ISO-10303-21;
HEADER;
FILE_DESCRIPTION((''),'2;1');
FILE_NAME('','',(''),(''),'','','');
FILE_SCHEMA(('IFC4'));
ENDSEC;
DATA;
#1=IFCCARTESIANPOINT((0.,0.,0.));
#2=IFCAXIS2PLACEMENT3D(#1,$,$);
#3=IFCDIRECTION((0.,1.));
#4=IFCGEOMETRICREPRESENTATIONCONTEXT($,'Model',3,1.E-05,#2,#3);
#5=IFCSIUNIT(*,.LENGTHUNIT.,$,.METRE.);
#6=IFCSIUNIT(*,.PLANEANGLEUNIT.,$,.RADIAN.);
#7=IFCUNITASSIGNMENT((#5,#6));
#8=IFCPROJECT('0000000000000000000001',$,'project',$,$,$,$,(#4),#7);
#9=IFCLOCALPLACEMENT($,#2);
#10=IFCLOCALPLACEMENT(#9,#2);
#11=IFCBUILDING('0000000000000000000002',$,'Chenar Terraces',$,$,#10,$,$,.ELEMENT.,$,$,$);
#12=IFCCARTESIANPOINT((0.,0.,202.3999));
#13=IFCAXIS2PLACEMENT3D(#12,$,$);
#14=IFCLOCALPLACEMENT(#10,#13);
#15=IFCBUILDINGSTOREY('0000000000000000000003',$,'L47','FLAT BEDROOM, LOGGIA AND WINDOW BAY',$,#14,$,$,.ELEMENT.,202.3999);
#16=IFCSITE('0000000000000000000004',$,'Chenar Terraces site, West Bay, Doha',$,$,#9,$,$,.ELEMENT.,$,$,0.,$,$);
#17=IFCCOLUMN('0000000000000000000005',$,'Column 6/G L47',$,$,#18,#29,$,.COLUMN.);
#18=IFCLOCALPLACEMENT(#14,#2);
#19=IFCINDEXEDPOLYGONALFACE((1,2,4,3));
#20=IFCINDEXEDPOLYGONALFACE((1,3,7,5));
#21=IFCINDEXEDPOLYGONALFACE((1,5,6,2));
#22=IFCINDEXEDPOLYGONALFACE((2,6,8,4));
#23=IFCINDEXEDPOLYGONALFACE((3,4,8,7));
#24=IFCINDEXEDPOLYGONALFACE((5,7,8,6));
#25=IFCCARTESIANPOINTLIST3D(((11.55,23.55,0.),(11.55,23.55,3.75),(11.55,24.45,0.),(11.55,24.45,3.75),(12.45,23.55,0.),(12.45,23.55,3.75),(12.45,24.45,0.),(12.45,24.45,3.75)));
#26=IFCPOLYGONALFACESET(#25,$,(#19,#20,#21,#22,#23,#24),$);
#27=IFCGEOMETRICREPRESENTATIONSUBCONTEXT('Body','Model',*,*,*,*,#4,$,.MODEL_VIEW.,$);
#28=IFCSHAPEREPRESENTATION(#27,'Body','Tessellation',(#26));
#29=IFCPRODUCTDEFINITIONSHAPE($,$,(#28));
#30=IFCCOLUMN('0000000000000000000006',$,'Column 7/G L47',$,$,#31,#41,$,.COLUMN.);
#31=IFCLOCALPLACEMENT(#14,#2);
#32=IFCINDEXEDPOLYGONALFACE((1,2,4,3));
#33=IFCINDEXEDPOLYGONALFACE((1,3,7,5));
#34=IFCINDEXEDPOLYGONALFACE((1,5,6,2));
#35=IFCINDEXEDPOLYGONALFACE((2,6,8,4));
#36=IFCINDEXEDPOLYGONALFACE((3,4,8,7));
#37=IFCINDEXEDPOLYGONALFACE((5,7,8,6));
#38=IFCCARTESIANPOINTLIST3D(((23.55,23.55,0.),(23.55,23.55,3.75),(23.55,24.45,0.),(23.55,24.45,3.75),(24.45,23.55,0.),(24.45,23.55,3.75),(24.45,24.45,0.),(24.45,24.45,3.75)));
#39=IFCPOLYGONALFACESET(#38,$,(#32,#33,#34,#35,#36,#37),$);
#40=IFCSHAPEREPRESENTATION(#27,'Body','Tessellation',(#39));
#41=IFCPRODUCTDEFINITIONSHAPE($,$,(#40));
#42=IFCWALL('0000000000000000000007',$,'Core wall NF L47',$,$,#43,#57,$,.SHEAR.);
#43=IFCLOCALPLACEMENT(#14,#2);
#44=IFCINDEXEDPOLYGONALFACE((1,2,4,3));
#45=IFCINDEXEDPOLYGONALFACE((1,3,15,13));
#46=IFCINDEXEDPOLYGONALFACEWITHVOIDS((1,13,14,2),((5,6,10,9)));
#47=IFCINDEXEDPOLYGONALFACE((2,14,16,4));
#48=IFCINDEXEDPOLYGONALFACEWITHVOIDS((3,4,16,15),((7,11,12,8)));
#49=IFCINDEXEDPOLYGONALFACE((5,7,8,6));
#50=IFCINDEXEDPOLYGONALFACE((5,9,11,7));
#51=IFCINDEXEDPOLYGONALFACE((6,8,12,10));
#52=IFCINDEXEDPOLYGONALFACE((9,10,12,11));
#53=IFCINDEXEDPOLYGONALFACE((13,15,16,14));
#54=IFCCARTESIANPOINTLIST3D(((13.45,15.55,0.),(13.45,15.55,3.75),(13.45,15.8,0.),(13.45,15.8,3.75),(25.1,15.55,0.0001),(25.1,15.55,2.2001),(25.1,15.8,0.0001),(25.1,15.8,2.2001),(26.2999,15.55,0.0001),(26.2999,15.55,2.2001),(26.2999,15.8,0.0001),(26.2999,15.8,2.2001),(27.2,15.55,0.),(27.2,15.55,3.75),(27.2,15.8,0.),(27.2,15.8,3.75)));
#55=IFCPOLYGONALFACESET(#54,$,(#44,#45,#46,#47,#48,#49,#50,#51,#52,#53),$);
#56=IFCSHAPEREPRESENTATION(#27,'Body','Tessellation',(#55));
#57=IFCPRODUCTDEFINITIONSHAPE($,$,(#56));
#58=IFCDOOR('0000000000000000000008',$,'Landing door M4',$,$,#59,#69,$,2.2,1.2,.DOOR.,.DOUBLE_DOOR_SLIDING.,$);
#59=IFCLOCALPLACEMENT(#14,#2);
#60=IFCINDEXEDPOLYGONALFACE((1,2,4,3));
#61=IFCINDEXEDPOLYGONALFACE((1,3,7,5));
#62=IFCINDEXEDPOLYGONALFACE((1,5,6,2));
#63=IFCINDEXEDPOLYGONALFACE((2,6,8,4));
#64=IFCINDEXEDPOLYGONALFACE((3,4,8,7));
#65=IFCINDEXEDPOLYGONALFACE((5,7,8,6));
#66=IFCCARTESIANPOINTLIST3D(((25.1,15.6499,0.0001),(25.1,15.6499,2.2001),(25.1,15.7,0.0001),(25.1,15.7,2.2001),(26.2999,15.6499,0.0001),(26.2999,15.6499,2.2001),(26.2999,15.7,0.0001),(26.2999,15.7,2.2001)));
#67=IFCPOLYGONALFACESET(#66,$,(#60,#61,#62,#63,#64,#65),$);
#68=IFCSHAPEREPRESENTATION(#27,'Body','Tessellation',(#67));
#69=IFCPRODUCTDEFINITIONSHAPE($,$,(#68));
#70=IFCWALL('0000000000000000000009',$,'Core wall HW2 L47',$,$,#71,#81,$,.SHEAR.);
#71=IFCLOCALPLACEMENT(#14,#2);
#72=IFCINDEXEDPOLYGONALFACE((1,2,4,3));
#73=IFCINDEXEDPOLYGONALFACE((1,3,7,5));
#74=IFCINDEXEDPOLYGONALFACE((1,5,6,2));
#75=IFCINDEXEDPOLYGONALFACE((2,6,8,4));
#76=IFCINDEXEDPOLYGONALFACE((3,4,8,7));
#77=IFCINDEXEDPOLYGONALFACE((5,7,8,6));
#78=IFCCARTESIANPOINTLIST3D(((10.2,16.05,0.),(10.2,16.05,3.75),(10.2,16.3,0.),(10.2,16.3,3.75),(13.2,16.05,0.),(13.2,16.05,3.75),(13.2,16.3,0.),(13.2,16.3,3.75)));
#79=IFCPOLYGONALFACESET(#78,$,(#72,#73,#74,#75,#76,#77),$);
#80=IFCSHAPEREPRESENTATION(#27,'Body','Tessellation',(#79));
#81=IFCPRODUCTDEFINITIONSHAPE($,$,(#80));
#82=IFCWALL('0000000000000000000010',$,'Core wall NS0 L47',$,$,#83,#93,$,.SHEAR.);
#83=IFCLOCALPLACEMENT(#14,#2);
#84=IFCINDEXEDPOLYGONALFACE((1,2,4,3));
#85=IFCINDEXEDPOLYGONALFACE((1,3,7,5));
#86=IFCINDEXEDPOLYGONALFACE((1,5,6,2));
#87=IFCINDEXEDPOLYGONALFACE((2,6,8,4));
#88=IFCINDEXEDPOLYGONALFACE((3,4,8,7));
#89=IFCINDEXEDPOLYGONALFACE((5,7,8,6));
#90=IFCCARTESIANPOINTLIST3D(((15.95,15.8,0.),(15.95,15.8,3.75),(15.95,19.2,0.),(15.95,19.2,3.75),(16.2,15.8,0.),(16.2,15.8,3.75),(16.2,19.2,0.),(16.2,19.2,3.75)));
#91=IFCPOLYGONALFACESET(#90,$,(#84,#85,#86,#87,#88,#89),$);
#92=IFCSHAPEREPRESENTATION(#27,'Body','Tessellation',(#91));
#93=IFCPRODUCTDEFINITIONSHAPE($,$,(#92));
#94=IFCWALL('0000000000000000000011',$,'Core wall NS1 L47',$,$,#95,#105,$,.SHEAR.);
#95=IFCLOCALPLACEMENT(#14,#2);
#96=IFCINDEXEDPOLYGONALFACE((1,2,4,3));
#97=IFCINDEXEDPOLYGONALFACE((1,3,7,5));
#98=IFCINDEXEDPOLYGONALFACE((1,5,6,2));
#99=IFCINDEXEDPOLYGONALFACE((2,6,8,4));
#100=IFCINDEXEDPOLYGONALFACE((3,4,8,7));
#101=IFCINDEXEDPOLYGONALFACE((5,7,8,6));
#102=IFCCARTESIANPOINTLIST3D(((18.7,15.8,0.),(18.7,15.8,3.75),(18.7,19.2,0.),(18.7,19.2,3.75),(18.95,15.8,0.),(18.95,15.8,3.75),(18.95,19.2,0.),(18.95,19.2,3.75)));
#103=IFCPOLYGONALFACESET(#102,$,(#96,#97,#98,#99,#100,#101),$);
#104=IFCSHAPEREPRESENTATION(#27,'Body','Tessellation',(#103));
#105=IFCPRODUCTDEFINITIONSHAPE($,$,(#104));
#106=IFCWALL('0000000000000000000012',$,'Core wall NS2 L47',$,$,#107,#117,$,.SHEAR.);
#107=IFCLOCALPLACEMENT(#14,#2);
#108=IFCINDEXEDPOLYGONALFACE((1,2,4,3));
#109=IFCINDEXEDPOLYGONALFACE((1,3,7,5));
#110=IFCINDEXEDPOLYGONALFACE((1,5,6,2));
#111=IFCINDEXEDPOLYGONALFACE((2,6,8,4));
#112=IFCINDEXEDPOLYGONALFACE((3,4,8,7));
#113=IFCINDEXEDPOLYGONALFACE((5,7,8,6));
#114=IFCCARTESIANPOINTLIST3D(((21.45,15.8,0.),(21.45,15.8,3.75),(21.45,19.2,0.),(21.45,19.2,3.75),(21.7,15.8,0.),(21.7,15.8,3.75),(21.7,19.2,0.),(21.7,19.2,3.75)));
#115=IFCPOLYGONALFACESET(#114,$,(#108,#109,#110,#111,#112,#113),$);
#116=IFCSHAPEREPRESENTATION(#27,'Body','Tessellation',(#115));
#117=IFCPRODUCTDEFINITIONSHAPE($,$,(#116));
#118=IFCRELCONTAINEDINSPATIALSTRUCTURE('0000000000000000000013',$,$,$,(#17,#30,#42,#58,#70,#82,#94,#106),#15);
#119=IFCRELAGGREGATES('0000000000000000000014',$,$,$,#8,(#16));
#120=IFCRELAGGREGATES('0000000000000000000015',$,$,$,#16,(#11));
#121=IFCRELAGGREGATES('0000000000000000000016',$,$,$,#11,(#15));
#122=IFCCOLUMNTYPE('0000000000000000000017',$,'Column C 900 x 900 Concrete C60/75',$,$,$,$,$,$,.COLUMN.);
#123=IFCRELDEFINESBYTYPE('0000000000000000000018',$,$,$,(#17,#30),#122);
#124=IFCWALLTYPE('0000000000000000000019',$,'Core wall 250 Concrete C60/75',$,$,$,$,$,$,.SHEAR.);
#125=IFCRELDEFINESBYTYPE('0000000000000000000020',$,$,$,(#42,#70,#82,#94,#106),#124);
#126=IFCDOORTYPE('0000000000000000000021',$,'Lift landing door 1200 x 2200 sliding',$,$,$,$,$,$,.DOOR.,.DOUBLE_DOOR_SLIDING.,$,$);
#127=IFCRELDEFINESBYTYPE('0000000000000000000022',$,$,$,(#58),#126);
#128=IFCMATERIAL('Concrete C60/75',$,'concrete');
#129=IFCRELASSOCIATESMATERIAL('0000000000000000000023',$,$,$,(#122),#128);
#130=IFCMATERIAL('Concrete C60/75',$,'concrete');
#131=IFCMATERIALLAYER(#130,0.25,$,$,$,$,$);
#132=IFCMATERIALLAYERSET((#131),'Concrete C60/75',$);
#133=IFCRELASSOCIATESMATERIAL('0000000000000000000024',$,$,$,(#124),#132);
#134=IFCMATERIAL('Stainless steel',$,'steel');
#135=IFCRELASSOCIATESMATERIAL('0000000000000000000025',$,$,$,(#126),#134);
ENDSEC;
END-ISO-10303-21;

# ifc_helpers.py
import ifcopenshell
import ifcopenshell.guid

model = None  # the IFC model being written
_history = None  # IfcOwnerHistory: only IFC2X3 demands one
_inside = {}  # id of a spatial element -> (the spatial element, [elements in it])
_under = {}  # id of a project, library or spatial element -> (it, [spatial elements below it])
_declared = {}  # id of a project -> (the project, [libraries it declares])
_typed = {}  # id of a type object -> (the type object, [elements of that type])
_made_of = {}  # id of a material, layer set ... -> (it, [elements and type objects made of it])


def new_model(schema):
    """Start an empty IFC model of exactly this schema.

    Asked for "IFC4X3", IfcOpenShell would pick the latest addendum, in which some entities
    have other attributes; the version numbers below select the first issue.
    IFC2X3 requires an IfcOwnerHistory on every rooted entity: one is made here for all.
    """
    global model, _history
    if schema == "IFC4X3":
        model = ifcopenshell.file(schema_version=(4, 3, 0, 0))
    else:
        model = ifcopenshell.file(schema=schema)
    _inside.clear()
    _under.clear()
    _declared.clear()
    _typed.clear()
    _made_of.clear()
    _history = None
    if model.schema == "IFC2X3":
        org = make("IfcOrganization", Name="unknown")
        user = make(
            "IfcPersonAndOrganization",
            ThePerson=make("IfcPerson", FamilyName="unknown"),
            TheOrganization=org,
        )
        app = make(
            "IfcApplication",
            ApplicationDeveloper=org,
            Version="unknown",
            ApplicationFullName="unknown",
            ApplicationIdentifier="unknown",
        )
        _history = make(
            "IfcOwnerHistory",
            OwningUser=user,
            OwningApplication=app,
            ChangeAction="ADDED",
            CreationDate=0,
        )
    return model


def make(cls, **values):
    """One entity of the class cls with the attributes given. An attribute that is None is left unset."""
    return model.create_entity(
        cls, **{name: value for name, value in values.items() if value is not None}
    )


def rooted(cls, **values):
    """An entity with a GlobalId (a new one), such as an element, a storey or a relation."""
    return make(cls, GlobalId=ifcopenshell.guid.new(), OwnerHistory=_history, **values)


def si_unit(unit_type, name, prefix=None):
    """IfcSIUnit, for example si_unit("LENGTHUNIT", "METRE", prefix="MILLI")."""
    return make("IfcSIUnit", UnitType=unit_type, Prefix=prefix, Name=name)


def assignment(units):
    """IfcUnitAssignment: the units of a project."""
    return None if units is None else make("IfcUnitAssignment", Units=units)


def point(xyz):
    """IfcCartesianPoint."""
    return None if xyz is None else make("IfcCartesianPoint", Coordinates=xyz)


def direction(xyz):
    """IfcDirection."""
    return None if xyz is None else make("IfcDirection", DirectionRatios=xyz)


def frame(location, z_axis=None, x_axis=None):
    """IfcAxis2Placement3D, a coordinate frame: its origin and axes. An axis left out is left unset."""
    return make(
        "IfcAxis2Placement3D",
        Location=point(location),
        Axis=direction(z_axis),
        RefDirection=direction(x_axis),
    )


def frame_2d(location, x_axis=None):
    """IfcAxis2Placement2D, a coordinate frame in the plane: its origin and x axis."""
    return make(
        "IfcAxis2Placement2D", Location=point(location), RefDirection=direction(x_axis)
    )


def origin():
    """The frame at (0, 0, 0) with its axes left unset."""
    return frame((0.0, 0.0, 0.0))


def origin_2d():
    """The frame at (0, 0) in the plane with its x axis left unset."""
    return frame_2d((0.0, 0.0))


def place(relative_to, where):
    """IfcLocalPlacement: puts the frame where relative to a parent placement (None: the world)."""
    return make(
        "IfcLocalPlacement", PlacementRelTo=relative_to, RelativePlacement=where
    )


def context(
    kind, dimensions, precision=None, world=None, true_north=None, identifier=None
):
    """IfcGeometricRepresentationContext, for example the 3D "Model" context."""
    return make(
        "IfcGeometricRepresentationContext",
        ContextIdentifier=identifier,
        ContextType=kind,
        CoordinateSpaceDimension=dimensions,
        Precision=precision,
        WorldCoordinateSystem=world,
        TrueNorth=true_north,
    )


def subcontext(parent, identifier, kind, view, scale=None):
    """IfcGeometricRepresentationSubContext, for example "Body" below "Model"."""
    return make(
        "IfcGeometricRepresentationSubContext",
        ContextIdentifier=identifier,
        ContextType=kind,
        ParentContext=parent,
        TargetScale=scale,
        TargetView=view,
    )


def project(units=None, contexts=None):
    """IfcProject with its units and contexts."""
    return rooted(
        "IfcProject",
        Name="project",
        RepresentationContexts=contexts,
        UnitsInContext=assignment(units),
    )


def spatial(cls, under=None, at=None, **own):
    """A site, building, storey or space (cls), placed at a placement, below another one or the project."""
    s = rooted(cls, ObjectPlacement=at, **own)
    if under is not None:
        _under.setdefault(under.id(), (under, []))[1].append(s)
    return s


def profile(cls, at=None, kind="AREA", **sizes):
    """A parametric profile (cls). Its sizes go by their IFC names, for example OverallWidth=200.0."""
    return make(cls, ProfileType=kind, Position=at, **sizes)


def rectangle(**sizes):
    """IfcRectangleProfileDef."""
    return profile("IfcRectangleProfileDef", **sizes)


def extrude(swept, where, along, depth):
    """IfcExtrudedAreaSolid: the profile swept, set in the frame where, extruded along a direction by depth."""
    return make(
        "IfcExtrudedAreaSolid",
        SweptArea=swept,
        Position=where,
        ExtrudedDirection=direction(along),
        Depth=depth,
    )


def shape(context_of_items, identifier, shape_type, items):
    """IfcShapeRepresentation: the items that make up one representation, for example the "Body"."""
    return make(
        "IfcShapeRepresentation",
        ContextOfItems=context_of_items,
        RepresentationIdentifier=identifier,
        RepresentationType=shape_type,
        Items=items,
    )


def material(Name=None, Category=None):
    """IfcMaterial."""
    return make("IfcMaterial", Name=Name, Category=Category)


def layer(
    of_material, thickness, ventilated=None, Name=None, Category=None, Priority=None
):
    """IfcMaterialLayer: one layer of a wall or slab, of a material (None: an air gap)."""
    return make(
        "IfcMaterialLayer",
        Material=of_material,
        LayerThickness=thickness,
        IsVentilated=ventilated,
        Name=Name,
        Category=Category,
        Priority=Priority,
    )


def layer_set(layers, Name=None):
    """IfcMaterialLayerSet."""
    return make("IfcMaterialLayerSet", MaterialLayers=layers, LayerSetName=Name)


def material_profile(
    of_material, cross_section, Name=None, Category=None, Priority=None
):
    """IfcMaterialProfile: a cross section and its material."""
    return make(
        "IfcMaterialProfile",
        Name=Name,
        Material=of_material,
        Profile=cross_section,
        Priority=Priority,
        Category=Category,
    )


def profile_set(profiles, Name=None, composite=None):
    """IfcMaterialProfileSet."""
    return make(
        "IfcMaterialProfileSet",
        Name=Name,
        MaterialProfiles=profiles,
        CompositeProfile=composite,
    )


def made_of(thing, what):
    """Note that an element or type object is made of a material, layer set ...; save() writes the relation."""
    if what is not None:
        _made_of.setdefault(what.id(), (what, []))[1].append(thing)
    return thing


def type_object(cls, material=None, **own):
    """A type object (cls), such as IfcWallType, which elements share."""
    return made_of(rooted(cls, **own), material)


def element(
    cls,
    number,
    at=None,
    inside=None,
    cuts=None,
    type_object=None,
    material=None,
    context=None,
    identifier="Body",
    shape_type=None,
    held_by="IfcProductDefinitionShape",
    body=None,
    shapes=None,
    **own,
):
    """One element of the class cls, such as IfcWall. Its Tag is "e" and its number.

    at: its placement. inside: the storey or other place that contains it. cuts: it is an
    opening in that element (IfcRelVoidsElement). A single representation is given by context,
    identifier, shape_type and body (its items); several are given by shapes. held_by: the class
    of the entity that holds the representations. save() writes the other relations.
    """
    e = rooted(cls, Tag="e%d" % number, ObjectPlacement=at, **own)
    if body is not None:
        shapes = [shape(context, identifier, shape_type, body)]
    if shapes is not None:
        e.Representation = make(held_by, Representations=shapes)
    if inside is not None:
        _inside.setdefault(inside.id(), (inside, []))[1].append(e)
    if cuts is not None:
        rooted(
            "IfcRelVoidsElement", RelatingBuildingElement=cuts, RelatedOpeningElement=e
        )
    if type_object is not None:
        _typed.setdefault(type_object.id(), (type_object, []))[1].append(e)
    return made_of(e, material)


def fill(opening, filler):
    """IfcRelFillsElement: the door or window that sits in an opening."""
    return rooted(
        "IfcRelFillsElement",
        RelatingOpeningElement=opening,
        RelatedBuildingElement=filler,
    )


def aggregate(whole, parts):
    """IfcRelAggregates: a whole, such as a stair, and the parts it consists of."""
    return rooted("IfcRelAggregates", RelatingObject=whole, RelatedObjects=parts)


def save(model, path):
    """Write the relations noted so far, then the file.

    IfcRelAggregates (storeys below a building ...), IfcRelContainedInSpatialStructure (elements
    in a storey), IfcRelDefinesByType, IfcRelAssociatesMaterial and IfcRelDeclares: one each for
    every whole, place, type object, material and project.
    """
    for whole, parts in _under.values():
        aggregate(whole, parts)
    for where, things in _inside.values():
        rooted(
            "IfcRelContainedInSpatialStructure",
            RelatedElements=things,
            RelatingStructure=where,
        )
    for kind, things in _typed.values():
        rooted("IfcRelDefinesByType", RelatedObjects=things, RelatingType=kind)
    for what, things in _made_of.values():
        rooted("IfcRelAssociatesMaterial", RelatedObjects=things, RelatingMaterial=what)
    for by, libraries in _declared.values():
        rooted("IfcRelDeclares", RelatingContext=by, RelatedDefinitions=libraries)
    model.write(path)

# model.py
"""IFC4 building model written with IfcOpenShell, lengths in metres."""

from ifc_helpers import new_model, si_unit, direction, frame, frame_2d, origin, origin_2d, place, context, subcontext, project, spatial, rectangle, extrude, material, layer, layer_set, material_profile, profile_set, type_object, element, fill, save


model = new_model("IFC4")

# Units and contexts
model_context = context("Model", 3, precision=1e-05, world=origin(), true_north=direction((0.0, 1.0)))
body_context = subcontext(model_context, "Body", "Model", "MODEL_VIEW")
ifc_project = project(units=[si_unit("LENGTHUNIT", "METRE"), si_unit("PLANEANGLEUNIT", "RADIAN")], contexts=[model_context])

# Site, building, storey
site_placement = place(None, origin())
site = spatial("IfcSite", under=ifc_project, at=site_placement, Name="Chenar Terraces site, West Bay, Doha", CompositionType="ELEMENT", RefElevation=0.0)
building_placement = place(site_placement, origin())
building = spatial("IfcBuilding", under=site, at=building_placement, Name="Chenar Terraces", CompositionType="ELEMENT")
storey_placement = place(building_placement, frame((0.0, 0.0, 202.3999)))
storey = spatial("IfcBuildingStorey", under=building, at=storey_placement, Name="L47", Description="FLAT BEDROOM, LOGGIA AND WINDOW BAY", CompositionType="ELEMENT", Elevation=202.3999)

# Columns
ifc_material_1 = material(Name="Concrete C60/75", Category="concrete")
ifc_material_profile = material_profile(ifc_material_1, rectangle(XDim=0.8999, YDim=0.8999, at=origin_2d()), Name="C 900 x 900")
ifc_profile_set = profile_set([ifc_material_profile], Name="Concrete C60/75")
column_type = type_object("IfcColumnType", Name="Column C 900 x 900 Concrete C60/75", PredefinedType="COLUMN", material=ifc_profile_set)
for number, where, z_axis, x_axis, name in (
    (1, (12.0, 24.0, 0.0), (0.0, 0.0, 1.0), (1.0, 0.0, 0.0), "Column 6/G L47"),
    (2, (24.0, 24.0, 0.0), (0.0, 0.0, 1.0), (1.0, 0.0, 0.0), "Column 7/G L47"),
):
    element("IfcColumn", number, at=place(storey_placement, frame(where, z_axis=z_axis, x_axis=x_axis)), inside=storey, type_object=column_type, Name=name, PredefinedType="COLUMN", context=body_context, shape_type="SweptSolid", body=[
        extrude(rectangle(XDim=0.8999, YDim=0.8999, at=origin_2d()), origin(), (0.0, 0.0, 1.0), 3.75),
    ])

# Wall, opening, door
ifc_material_2 = material(Name="Concrete C60/75", Category="concrete")
ifc_layer_1 = layer(ifc_material_2, 0.25)
ifc_layer_set_1 = layer_set([ifc_layer_1], Name="Concrete C60/75")
wall_type_1 = type_object("IfcWallType", Name="Core wall 250 Concrete C60/75", PredefinedType="SHEAR", material=ifc_layer_set_1)
wall_1_placement = place(storey_placement, frame((13.45, 15.675, 0.0), z_axis=(0.0, 0.0, 1.0), x_axis=(1.0, 0.0, 0.0)))
wall_1 = element("IfcWall", 3, at=wall_1_placement, inside=storey, type_object=wall_type_1, Name="Core wall NF L47", PredefinedType="SHEAR", context=body_context, shape_type="SweptSolid", body=[
    extrude(rectangle(XDim=13.75, YDim=0.25, at=frame_2d((6.875, 0.0))), origin(), (0.0, 0.0, 1.0), 3.75),
])
opening_1_placement = place(wall_1_placement, frame((11.6499, 0.0, 0.0)))
opening_1 = element("IfcOpeningElement", 4, at=opening_1_placement, cuts=wall_1, PredefinedType="OPENING", context=body_context, shape_type="SweptSolid", body=[
    extrude(rectangle(XDim=1.2, YDim=2.2, at=frame_2d((0.6001, 1.1001))), frame((0.0, 0.135, 0.0), z_axis=(0.0, -1.0, 0.0), x_axis=(1.0, 0.0, 0.0)), (0.0, 0.0, 1.0), 0.27),
])
ifc_material_3 = material(Name="Stainless steel", Category="steel")
door_type_1 = type_object("IfcDoorType", Name="Lift landing door 1200 x 2200 sliding", OperationType="DOUBLE_DOOR_SLIDING", PredefinedType="DOOR", material=ifc_material_3)
door_1_placement = place(opening_1_placement, origin())
door_1 = element("IfcDoor", 5, at=door_1_placement, inside=storey, type_object=door_type_1, Name="Landing door M4", OperationType="DOUBLE_DOOR_SLIDING", OverallHeight=2.2, OverallWidth=1.2, PredefinedType="DOOR", context=body_context, shape_type="SweptSolid", body=[
    extrude(rectangle(XDim=1.2, YDim=2.2, at=frame_2d((0.6001, 1.1001))), frame((0.0, 0.0249, 0.0), z_axis=(0.0, -1.0, 0.0), x_axis=(1.0, 0.0, 0.0)), (0.0, 0.0, 1.0), 0.05),
])
fill(opening_1, door_1)

# Walls
wall_2_placement = place(storey_placement, frame((10.2, 16.175, 0.0), z_axis=(0.0, 0.0, 1.0), x_axis=(1.0, 0.0, 0.0)))
element("IfcWall", 6, at=wall_2_placement, inside=storey, type_object=wall_type_1, Name="Core wall HW2 L47", PredefinedType="SHEAR", context=body_context, shape_type="SweptSolid", body=[
    extrude(rectangle(XDim=3.0, YDim=0.25, at=frame_2d((1.5, 0.0))), origin(), (0.0, 0.0, 1.0), 3.75),
])
for number, where, z_axis, x_axis, name in (
    (7, (16.075, 15.8, 0.0), (0.0, 0.0, 1.0), (0.0, 1.0, 0.0), "Core wall NS0 L47"),
    (8, (18.825, 15.8, 0.0), (0.0, 0.0, 1.0), (0.0, 1.0, 0.0), "Core wall NS1 L47"),
    (9, (21.575, 15.8, 0.0), (0.0, 0.0, 1.0), (0.0, 1.0, 0.0), "Core wall NS2 L47"),
):
    element("IfcWall", number, at=place(storey_placement, frame(where, z_axis=z_axis, x_axis=x_axis)), inside=storey, type_object=wall_type_1, Name=name, PredefinedType="SHEAR", context=body_context, shape_type="SweptSolid", body=[
        extrude(rectangle(XDim=3.3999, YDim=0.25, at=frame_2d((1.7, 0.0))), origin(), (0.0, 0.0, 1.0), 3.75),
    ])

save(model, "model.ifc")
